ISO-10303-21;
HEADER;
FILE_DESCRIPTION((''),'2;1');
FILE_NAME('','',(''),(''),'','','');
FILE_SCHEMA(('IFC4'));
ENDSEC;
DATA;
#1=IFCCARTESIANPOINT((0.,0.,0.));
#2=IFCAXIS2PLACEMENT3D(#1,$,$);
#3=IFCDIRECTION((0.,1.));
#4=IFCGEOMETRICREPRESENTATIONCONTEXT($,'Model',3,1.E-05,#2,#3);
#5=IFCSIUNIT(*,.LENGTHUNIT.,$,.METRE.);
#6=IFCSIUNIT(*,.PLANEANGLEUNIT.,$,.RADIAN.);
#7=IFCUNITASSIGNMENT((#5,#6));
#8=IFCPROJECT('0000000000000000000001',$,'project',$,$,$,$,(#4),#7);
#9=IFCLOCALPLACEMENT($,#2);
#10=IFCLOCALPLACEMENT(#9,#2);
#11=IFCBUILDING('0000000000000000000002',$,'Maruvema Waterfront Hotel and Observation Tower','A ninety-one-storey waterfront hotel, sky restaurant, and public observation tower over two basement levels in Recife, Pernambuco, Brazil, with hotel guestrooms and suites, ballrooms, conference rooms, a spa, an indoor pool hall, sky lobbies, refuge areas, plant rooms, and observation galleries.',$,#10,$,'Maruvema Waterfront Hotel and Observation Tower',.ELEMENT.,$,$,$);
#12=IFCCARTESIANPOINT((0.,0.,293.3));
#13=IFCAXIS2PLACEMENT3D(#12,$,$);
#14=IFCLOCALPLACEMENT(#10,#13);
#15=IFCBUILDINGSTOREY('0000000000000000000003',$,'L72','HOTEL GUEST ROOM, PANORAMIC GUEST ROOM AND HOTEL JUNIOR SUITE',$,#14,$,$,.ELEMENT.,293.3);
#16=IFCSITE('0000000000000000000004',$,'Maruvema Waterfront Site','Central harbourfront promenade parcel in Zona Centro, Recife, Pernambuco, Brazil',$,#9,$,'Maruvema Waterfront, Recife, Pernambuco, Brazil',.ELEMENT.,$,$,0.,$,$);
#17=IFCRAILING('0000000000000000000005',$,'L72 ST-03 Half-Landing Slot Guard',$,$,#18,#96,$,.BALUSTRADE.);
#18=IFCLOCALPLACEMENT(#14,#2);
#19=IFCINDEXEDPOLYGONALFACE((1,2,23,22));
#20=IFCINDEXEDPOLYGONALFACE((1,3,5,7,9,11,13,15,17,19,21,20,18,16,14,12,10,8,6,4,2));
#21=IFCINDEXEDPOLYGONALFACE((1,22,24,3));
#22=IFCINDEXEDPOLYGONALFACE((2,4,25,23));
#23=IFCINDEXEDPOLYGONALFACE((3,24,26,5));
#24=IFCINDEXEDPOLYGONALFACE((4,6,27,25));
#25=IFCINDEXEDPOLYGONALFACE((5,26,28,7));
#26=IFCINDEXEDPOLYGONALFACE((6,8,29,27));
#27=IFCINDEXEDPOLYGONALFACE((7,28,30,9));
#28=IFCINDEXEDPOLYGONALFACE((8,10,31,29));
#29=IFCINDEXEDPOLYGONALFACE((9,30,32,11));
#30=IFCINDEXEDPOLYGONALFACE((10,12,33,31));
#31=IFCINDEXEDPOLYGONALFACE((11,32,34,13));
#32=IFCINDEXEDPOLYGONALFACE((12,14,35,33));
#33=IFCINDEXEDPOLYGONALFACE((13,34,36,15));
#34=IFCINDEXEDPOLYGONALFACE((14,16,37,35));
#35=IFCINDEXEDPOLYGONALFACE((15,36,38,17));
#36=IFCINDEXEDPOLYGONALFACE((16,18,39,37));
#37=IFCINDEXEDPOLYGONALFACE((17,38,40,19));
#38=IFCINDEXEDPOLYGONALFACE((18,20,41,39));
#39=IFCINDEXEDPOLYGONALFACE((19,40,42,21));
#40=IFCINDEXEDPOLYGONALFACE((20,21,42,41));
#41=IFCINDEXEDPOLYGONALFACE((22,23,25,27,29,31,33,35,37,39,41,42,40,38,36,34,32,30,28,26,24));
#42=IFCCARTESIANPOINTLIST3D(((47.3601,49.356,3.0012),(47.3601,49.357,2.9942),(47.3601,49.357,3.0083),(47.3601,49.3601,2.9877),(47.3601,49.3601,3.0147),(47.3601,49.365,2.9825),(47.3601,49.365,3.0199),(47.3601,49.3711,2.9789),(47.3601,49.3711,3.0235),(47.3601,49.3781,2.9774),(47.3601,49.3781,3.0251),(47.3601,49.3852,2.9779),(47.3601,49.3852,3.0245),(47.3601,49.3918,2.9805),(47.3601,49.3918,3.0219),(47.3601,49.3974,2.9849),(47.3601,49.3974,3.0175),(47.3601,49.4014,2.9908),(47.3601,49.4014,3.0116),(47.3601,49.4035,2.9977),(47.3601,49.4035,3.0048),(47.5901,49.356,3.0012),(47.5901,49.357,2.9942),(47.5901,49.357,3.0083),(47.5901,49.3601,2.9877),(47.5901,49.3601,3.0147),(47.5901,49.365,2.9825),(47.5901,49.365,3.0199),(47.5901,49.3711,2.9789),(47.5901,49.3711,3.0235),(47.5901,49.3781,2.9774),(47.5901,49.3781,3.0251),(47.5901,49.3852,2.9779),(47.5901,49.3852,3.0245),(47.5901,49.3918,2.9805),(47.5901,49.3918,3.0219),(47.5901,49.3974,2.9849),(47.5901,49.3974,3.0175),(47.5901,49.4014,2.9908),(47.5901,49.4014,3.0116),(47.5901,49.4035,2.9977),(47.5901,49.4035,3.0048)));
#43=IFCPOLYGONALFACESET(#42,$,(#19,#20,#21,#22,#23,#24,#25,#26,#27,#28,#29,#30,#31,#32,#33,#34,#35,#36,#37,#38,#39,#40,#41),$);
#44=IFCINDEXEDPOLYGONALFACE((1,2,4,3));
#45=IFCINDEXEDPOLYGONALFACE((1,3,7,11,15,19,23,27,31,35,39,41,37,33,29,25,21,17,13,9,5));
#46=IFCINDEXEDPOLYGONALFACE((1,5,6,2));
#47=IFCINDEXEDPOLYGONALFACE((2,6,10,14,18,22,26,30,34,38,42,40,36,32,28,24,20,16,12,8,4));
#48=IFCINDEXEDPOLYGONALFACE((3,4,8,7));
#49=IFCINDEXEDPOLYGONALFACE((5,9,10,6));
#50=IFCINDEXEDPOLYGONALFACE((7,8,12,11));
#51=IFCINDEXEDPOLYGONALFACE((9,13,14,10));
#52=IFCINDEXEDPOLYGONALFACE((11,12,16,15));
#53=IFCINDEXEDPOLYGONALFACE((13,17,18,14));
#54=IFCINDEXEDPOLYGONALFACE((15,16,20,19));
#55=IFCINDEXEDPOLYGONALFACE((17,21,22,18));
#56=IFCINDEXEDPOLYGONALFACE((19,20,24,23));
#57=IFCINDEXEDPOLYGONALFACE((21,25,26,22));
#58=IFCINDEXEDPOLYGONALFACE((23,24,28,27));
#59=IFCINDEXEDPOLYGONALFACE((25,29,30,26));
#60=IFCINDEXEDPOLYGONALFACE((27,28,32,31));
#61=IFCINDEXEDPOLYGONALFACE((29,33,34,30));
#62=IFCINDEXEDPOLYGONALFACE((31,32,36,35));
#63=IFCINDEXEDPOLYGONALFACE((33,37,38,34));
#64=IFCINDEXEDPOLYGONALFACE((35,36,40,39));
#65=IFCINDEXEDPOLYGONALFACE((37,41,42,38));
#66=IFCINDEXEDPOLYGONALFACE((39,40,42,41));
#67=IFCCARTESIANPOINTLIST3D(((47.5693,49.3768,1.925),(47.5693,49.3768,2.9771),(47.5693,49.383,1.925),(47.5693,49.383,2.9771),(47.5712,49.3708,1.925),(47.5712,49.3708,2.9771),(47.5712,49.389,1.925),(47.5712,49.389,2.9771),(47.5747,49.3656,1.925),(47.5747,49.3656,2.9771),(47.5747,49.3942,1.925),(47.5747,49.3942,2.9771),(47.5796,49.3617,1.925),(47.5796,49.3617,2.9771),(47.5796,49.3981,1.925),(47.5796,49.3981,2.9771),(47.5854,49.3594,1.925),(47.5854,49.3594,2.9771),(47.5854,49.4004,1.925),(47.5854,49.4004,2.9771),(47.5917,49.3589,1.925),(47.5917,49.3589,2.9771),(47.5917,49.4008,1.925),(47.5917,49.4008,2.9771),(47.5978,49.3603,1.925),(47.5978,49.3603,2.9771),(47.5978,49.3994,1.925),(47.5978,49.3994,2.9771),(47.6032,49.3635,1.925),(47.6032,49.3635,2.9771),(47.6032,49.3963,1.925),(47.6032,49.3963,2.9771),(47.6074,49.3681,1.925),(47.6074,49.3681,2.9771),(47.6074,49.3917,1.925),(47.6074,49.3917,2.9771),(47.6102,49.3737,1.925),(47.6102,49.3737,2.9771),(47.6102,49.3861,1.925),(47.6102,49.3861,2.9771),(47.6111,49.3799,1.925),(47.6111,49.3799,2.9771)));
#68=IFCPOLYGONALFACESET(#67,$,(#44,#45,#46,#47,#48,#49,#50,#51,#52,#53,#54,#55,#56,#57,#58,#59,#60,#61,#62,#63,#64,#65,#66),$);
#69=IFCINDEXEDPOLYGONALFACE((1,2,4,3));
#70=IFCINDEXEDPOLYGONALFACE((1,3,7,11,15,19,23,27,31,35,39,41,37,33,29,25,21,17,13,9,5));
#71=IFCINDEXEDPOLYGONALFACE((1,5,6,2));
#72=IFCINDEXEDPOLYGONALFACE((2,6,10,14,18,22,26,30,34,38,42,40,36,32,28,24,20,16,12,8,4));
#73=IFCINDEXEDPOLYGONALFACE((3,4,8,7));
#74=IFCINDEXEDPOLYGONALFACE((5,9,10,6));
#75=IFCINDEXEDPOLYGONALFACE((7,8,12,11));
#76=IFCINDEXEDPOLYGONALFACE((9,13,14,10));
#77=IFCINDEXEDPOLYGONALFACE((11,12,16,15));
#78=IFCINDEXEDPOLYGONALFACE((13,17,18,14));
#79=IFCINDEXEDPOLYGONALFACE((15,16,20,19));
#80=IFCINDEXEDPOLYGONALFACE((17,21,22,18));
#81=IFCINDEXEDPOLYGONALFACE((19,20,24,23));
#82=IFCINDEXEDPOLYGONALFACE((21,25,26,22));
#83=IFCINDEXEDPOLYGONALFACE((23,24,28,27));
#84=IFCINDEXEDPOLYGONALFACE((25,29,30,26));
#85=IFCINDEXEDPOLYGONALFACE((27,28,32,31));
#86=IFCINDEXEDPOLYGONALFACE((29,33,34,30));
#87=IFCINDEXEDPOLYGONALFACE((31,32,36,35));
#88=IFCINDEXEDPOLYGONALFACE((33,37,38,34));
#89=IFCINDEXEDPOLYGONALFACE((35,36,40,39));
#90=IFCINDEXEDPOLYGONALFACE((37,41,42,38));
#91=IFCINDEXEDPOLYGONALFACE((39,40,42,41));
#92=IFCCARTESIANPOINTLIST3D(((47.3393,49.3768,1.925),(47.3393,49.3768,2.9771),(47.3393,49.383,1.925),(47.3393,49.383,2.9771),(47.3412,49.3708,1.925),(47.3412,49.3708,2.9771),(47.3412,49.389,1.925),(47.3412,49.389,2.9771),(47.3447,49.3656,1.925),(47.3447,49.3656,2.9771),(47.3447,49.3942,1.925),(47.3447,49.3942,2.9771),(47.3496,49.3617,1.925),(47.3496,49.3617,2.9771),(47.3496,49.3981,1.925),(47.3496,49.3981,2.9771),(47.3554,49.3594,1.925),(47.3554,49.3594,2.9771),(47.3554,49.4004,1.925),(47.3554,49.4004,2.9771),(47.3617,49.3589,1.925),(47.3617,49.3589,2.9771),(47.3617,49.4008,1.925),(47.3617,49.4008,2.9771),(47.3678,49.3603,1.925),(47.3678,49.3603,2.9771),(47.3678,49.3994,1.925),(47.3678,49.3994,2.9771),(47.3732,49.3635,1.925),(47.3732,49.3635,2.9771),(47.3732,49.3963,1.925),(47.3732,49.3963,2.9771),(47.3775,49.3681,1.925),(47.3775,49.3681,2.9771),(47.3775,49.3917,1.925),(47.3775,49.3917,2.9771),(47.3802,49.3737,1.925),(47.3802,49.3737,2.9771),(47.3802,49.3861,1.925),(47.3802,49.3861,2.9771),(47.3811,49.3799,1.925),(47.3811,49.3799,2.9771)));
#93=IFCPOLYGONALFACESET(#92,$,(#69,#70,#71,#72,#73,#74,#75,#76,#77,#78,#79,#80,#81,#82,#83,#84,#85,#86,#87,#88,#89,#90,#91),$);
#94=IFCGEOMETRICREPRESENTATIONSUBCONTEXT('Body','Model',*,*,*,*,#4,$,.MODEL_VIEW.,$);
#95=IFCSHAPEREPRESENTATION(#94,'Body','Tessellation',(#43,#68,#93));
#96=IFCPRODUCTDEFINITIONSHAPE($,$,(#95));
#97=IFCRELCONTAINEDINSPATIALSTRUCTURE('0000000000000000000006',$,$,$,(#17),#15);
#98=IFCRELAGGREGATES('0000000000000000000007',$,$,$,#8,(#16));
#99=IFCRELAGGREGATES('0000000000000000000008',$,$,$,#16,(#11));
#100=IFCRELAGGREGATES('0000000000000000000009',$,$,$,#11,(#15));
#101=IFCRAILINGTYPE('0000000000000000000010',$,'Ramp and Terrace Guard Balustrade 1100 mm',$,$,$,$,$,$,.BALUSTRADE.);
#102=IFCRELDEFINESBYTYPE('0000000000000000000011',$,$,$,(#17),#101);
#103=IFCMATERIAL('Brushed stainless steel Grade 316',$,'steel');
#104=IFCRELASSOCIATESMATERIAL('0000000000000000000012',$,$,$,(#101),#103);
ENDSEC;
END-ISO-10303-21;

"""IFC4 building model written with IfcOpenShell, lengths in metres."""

from ifc_helpers import new_model, si_unit, direction, frame, origin, origin_2d, place, context, subcontext, project, spatial, circle, extrude, material, type_object, element, save


model = new_model("IFC4")

# Units and contexts
model_context = context("Model", 3, precision=1e-05, world=origin(), true_north=direction((0.0, 1.0)))
body_context = subcontext(model_context, "Body", "Model", "MODEL_VIEW")
ifc_project = project(units=[si_unit("LENGTHUNIT", "METRE"), si_unit("PLANEANGLEUNIT", "RADIAN")], contexts=[model_context])

# Site, building, storey
site_placement = place(None, origin())
site = spatial("IfcSite", under=ifc_project, at=site_placement, Name="Maruvema Waterfront Site", Description="Central harbourfront promenade parcel in Zona Centro, Recife, Pernambuco, Brazil", LongName="Maruvema Waterfront, Recife, Pernambuco, Brazil", CompositionType="ELEMENT", RefElevation=0.0)
building_placement = place(site_placement, origin())
building = spatial("IfcBuilding", under=site, at=building_placement, Name="Maruvema Waterfront Hotel and Observation Tower", Description="A ninety-one-storey waterfront hotel, sky restaurant, and public observation tower over two basement levels in Recife, Pernambuco, Brazil, with hotel guestrooms and suites, ballrooms, conference rooms, a spa, an indoor pool hall, sky lobbies, refuge areas, plant rooms, and observation galleries.", LongName="Maruvema Waterfront Hotel and Observation Tower", CompositionType="ELEMENT")
storey_placement = place(building_placement, frame((0.0, 0.0, 293.3)))
storey = spatial("IfcBuildingStorey", under=building, at=storey_placement, Name="L72", Description="HOTEL GUEST ROOM, PANORAMIC GUEST ROOM AND HOTEL JUNIOR SUITE", CompositionType="ELEMENT", Elevation=293.3)

# Railing
ifc_material_1 = material(Name="Brushed stainless steel Grade 316", Category="steel")
railing_type_1 = type_object("IfcRailingType", Name="Ramp and Terrace Guard Balustrade 1100 mm", PredefinedType="BALUSTRADE", material=ifc_material_1)
railing_1_placement = place(storey_placement, frame((47.5901, 49.3799, 1.925)))
element("IfcRailing", 1, at=railing_1_placement, inside=storey, type_object=railing_type_1, Name="L72 ST-03 Half-Landing Slot Guard", PredefinedType="BALUSTRADE", context=body_context, shape_type="SweptSolid", body=[
    extrude(circle(Radius=0.0239, at=origin_2d()), frame((0.0, 0.0, 1.0762), z_axis=(-1.0, 0.0, 0.0), x_axis=(0.0, -1.0, 0.0)), (0.0, 0.0, 1.0), 0.23),
    extrude(circle(Radius=0.021, at=origin_2d()), origin(), (0.0, 0.0, 1.0), 1.052),
    extrude(circle(Radius=0.021, at=origin_2d()), frame((-0.23, 0.0, 0.0)), (0.0, 0.0, 1.0), 1.052),
])

save(model, "model.ifc")
